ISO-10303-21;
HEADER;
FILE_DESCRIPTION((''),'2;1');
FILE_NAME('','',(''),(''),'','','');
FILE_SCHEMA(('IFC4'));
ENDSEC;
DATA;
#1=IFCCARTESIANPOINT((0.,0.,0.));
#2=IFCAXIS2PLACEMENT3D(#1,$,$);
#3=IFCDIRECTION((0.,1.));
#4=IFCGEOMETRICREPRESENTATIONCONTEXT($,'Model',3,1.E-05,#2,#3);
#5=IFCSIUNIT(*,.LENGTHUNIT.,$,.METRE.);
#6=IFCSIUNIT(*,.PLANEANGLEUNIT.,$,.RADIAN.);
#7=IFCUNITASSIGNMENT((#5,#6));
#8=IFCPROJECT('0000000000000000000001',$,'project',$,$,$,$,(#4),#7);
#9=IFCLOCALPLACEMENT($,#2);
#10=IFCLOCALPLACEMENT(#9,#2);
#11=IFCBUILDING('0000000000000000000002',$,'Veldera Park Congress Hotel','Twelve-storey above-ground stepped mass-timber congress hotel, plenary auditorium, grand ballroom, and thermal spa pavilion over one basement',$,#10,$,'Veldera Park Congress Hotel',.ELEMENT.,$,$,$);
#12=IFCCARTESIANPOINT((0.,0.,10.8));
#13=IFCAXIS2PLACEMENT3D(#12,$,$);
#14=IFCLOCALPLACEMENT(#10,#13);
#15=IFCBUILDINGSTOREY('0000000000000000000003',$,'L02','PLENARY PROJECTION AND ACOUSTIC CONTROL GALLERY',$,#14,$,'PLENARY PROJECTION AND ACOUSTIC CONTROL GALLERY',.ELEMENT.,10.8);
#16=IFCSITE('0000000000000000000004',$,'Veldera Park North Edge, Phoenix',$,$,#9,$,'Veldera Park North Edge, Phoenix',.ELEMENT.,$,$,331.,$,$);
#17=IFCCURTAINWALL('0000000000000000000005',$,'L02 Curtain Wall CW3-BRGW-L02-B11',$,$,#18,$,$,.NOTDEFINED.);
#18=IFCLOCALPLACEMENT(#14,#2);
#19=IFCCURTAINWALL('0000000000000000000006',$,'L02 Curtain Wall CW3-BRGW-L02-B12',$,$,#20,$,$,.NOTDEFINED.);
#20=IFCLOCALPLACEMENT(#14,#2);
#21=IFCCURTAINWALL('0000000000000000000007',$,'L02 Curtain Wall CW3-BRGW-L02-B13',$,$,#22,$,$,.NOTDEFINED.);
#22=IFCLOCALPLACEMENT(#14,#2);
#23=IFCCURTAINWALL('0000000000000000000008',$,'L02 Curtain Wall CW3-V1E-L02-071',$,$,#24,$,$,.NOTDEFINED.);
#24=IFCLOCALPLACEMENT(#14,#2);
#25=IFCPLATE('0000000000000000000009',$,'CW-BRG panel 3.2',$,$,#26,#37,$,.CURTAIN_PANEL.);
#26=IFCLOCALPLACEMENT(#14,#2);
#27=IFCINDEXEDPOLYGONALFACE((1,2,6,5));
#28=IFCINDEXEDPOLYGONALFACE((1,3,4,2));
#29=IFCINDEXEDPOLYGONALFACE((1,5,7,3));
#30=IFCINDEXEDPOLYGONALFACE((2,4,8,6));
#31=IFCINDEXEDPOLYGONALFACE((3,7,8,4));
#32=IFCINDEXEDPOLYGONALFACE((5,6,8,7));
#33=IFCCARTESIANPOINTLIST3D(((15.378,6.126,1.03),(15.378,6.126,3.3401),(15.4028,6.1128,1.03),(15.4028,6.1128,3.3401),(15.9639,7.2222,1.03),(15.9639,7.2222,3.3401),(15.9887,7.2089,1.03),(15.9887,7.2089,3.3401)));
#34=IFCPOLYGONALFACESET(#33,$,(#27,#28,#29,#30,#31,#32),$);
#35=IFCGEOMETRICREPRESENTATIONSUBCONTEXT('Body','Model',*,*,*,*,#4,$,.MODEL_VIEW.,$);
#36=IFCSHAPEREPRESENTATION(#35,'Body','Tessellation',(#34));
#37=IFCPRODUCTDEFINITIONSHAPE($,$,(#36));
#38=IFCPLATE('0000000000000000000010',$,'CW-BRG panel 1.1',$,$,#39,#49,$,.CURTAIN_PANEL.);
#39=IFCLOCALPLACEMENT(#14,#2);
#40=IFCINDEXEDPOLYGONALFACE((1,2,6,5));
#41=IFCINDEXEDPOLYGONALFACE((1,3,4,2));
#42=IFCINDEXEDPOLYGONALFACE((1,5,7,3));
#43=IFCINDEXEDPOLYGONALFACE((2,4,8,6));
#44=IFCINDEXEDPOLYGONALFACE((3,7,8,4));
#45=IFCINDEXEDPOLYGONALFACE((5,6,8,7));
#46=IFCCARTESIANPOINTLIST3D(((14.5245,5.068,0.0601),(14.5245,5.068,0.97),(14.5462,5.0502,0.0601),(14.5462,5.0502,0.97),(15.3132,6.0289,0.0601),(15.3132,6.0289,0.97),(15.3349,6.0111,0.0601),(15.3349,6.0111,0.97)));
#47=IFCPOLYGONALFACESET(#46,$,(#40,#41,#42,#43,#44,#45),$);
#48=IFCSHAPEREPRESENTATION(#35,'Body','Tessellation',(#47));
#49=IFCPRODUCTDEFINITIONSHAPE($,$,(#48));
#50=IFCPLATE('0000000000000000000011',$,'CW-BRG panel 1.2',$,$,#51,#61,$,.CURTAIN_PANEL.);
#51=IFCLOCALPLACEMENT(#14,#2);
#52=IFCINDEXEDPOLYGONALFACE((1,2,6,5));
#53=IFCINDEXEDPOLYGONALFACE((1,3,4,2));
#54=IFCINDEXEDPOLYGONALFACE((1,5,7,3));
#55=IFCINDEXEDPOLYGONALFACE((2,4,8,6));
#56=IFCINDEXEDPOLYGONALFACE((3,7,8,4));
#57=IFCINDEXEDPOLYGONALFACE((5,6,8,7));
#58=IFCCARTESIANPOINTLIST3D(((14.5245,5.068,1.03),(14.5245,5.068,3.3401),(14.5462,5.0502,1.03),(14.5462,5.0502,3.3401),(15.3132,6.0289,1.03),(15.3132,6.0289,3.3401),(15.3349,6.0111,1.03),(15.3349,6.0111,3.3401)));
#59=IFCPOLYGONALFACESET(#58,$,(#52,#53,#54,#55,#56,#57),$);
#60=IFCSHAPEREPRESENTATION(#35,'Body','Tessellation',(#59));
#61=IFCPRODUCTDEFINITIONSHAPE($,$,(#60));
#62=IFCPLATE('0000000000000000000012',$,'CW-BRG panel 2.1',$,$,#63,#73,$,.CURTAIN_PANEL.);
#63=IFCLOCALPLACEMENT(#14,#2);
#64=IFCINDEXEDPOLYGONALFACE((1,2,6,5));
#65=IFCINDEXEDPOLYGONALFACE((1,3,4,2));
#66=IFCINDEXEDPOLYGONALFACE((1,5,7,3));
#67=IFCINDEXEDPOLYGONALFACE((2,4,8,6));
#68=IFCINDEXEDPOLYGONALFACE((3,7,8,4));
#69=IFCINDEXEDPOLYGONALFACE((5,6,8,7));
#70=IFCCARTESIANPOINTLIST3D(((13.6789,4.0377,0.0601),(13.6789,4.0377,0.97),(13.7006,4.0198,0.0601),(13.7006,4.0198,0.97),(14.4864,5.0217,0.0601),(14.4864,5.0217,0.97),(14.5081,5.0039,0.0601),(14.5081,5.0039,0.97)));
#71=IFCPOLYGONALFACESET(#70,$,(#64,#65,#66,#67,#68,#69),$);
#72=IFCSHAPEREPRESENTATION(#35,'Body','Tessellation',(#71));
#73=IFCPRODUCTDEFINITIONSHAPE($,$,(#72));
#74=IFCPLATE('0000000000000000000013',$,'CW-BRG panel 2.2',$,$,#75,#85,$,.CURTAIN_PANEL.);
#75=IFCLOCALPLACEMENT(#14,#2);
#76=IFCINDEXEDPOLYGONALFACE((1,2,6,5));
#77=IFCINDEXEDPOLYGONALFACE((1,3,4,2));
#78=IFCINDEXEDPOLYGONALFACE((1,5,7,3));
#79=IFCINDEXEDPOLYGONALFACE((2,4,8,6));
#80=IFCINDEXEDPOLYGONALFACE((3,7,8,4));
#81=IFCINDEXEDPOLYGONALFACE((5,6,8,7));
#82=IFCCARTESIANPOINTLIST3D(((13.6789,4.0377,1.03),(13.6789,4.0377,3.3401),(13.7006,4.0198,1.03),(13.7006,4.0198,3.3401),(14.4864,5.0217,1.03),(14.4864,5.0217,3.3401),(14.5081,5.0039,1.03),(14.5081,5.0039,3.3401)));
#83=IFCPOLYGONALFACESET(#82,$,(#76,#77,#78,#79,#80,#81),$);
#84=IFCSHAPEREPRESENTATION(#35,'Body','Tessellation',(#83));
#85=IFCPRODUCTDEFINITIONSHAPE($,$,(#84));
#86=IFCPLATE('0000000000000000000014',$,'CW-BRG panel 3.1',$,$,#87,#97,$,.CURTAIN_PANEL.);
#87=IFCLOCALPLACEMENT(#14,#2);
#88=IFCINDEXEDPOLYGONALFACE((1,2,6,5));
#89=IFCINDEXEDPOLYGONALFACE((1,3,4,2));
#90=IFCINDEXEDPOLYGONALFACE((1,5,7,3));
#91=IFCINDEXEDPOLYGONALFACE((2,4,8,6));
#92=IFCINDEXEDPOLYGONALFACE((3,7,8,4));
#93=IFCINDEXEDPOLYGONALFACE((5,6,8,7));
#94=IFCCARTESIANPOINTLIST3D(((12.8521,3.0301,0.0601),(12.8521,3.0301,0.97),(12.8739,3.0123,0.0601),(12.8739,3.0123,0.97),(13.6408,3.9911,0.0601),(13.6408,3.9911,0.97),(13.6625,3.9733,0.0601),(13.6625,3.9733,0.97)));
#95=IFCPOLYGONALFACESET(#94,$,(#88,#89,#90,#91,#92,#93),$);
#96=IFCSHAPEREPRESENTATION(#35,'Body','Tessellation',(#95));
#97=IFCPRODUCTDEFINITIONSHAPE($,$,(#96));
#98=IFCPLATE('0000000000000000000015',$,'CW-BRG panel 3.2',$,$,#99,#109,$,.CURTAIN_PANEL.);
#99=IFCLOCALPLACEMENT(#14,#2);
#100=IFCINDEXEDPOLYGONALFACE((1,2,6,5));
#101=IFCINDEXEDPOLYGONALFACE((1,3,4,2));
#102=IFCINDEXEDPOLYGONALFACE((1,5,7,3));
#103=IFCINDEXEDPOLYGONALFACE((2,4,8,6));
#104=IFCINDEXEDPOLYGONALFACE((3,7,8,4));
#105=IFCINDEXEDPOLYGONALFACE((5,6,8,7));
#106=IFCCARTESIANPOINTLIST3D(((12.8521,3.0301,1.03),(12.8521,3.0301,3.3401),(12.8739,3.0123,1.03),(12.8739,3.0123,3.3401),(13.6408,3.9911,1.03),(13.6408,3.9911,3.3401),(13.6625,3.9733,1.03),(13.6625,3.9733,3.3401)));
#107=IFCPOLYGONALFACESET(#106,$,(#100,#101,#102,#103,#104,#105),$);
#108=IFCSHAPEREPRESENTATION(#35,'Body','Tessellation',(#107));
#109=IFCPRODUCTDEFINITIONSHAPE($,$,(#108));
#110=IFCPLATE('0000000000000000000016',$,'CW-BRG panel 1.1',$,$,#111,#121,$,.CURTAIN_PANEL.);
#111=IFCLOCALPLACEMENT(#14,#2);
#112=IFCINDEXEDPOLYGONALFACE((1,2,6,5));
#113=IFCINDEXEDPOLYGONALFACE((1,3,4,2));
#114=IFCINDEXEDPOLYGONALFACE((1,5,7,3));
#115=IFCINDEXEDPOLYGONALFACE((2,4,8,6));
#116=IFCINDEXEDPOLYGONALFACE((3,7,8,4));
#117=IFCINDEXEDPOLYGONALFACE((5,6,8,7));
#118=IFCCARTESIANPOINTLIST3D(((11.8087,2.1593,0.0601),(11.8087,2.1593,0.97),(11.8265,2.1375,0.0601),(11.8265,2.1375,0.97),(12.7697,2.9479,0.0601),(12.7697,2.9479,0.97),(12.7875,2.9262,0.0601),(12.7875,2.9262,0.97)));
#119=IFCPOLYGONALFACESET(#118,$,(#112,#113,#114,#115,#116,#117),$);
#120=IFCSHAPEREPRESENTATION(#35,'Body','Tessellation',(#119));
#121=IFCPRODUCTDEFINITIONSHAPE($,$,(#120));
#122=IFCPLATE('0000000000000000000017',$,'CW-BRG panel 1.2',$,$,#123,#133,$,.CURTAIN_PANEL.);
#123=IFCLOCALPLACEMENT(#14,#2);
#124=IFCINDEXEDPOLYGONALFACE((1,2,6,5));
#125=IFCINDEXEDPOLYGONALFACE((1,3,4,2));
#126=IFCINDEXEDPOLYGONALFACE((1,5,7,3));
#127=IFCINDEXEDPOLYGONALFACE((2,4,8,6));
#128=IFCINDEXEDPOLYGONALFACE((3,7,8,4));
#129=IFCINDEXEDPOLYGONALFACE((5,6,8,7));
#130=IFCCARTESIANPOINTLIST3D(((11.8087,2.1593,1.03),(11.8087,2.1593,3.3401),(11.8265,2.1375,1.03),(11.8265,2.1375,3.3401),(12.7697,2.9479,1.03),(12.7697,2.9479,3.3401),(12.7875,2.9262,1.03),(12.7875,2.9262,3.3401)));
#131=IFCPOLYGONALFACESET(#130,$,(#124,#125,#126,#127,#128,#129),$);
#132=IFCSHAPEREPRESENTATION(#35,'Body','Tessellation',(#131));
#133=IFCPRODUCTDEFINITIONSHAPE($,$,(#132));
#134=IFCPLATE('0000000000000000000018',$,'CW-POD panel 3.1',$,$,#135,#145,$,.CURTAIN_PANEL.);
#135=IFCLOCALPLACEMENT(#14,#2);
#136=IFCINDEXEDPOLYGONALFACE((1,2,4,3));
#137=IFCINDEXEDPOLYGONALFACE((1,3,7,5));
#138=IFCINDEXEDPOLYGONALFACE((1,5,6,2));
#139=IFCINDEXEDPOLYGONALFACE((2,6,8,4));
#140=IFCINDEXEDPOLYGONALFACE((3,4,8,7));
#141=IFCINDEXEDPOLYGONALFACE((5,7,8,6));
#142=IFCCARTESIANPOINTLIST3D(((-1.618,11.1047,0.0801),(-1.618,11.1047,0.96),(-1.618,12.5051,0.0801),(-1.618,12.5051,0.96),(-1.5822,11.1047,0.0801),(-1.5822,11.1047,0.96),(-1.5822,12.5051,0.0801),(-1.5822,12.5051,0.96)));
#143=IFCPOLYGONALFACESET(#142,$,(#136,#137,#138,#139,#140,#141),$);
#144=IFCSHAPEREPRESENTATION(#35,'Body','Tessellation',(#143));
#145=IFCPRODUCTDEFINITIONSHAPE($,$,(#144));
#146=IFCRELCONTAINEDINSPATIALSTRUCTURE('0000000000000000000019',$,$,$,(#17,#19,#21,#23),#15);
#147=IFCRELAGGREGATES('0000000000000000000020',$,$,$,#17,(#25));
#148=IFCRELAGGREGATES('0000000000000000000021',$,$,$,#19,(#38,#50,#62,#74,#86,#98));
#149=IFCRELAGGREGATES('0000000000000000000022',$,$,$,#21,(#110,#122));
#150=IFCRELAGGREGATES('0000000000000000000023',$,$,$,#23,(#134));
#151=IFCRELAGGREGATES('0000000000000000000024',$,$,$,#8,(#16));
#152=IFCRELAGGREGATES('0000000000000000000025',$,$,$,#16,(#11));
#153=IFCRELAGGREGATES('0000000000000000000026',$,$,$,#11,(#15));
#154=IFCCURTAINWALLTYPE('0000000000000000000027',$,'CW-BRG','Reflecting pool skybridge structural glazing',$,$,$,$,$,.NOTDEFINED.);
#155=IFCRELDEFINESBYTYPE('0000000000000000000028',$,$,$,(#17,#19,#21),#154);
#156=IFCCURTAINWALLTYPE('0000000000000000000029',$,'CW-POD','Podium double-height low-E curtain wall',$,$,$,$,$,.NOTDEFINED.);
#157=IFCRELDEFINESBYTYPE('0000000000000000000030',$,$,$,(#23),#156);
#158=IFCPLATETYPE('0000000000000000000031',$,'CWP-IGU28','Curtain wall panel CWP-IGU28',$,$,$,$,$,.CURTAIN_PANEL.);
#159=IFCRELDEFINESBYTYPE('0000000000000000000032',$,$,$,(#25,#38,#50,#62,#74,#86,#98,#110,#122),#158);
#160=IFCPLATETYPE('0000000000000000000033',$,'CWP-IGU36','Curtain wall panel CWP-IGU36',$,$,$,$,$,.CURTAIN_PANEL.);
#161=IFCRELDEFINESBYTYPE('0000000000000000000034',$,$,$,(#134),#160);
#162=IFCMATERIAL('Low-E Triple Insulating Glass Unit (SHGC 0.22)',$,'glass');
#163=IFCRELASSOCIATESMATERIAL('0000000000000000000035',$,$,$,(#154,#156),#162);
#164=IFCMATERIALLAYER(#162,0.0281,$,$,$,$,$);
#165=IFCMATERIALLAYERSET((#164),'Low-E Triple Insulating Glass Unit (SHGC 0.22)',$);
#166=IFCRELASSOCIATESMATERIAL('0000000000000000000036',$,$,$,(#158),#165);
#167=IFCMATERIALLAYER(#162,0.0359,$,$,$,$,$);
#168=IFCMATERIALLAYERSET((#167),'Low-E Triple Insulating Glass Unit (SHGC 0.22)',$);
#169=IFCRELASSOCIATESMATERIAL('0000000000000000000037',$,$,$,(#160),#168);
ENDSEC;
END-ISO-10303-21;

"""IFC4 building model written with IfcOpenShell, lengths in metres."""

from ifc_helpers import new_model, si_unit, direction, frame, origin, origin_2d, place, context, subcontext, project, spatial, rectangle, extrude, material, layer, layer_set, type_object, element, aggregate, save


model = new_model("IFC4")

# Units and contexts
model_context = context("Model", 3, precision=1e-05, world=origin(), true_north=direction((0.0, 1.0)))
body_context = subcontext(model_context, "Body", "Model", "MODEL_VIEW")
ifc_project = project(units=[si_unit("LENGTHUNIT", "METRE"), si_unit("PLANEANGLEUNIT", "RADIAN")], contexts=[model_context])

# Site, building, storey
site_placement = place(None, origin())
site = spatial("IfcSite", under=ifc_project, at=site_placement, Name="Veldera Park North Edge, Phoenix", LongName="Veldera Park North Edge, Phoenix", CompositionType="ELEMENT", RefElevation=331.0)
building_placement = place(site_placement, origin())
building = spatial("IfcBuilding", under=site, at=building_placement, Name="Veldera Park Congress Hotel", Description="Twelve-storey above-ground stepped mass-timber congress hotel, plenary auditorium, grand ballroom, and thermal spa pavilion over one basement", LongName="Veldera Park Congress Hotel", CompositionType="ELEMENT")
storey_placement = place(building_placement, frame((0.0, 0.0, 10.8)))
storey = spatial("IfcBuildingStorey", under=building, at=storey_placement, Name="L02", Description="PLENARY PROJECTION AND ACOUSTIC CONTROL GALLERY", LongName="PLENARY PROJECTION AND ACOUSTIC CONTROL GALLERY", CompositionType="ELEMENT", Elevation=10.8)

# Curtain walls
ifc_material_1 = material(Name="Low-E Triple Insulating Glass Unit (SHGC 0.22)", Category="glass")
curtain_wall_type_1 = type_object("IfcCurtainWallType", Name="CW-BRG", Description="Reflecting pool skybridge structural glazing", PredefinedType="NOTDEFINED", material=ifc_material_1)
curtain_wall_1_placement = place(storey_placement, origin())
curtain_wall_1 = element("IfcCurtainWall", 1, at=curtain_wall_1_placement, inside=storey, type_object=curtain_wall_type_1, Name="L02 Curtain Wall CW3-BRGW-L02-B11", PredefinedType="NOTDEFINED")
curtain_wall_2_placement = place(storey_placement, origin())
curtain_wall_2 = element("IfcCurtainWall", 2, at=curtain_wall_2_placement, inside=storey, type_object=curtain_wall_type_1, Name="L02 Curtain Wall CW3-BRGW-L02-B12", PredefinedType="NOTDEFINED")

# Curtain wall
curtain_wall_3_placement = place(storey_placement, origin())
curtain_wall_3 = element("IfcCurtainWall", 3, at=curtain_wall_3_placement, inside=storey, type_object=curtain_wall_type_1, Name="L02 Curtain Wall CW3-BRGW-L02-B13", PredefinedType="NOTDEFINED")

# Curtain wall
curtain_wall_type_2 = type_object("IfcCurtainWallType", Name="CW-POD", Description="Podium double-height low-E curtain wall", PredefinedType="NOTDEFINED", material=ifc_material_1)
curtain_wall_4_placement = place(storey_placement, origin())
curtain_wall_4 = element("IfcCurtainWall", 4, at=curtain_wall_4_placement, inside=storey, type_object=curtain_wall_type_2, Name="L02 Curtain Wall CW3-V1E-L02-071", PredefinedType="NOTDEFINED")

# Plates
ifc_layer_1 = layer(ifc_material_1, 0.0281)
ifc_layer_set_1 = layer_set([ifc_layer_1], Name="Low-E Triple Insulating Glass Unit (SHGC 0.22)")
plate_type_1 = type_object("IfcPlateType", Name="CWP-IGU28", Description="Curtain wall panel CWP-IGU28", PredefinedType="CURTAIN_PANEL", material=ifc_layer_set_1)
plate_1_placement = place(storey_placement, frame((15.6833, 6.6675, 1.03), z_axis=(0.0, 0.0, 1.0), x_axis=(-0.471384, -0.881928, 0.0)))
plate_1 = element("IfcPlate", 5, at=plate_1_placement, type_object=plate_type_1, Name="CW-BRG panel 3.2", PredefinedType="CURTAIN_PANEL", context=body_context, shape_type="SweptSolid", body=[
    extrude(rectangle(XDim=1.2429, YDim=0.0281, at=origin_2d()), origin(), (0.0, 0.0, 1.0), 2.3101),
])
aggregate(curtain_wall_1, [plate_1])
plate_2_placement = place(storey_placement, frame((14.9297, 5.5396, 0.0601), z_axis=(0.0, 0.0, 1.0), x_axis=(-0.634386, -0.773016, 0.0)))
plate_2 = element("IfcPlate", 6, at=plate_2_placement, type_object=plate_type_1, Name="CW-BRG panel 1.1", PredefinedType="CURTAIN_PANEL", context=body_context, shape_type="SweptSolid", body=[
    extrude(rectangle(XDim=1.2432, YDim=0.0281, at=origin_2d()), origin(), (0.0, 0.0, 1.0), 0.9099),
])
plate_3_placement = place(storey_placement, frame((14.9297, 5.5396, 1.03), z_axis=(0.0, 0.0, 1.0), x_axis=(-0.634386, -0.773016, 0.0)))
plate_3 = element("IfcPlate", 7, at=plate_3_placement, type_object=plate_type_1, Name="CW-BRG panel 1.2", PredefinedType="CURTAIN_PANEL", context=body_context, shape_type="SweptSolid", body=[
    extrude(rectangle(XDim=1.2432, YDim=0.0281, at=origin_2d()), origin(), (0.0, 0.0, 1.0), 2.3101),
])
plate_4_placement = place(storey_placement, frame((14.0935, 4.5208, 0.0601), z_axis=(0.0, 0.0, 1.0), x_axis=(-0.634386, -0.773016, 0.0)))
plate_4 = element("IfcPlate", 8, at=plate_4_placement, type_object=plate_type_1, Name="CW-BRG panel 2.1", PredefinedType="CURTAIN_PANEL", context=body_context, shape_type="SweptSolid", body=[
    extrude(rectangle(XDim=1.2729, YDim=0.0281, at=origin_2d()), origin(), (0.0, 0.0, 1.0), 0.9099),
])
plate_5_placement = place(storey_placement, frame((14.0935, 4.5208, 1.03), z_axis=(0.0, 0.0, 1.0), x_axis=(-0.634386, -0.773016, 0.0)))
plate_5 = element("IfcPlate", 9, at=plate_5_placement, type_object=plate_type_1, Name="CW-BRG panel 2.2", PredefinedType="CURTAIN_PANEL", context=body_context, shape_type="SweptSolid", body=[
    extrude(rectangle(XDim=1.2729, YDim=0.0281, at=origin_2d()), origin(), (0.0, 0.0, 1.0), 2.3101),
])
plate_6_placement = place(storey_placement, frame((13.2573, 3.5017, 0.0601), z_axis=(0.0, 0.0, 1.0), x_axis=(-0.634386, -0.773016, 0.0)))
plate_6 = element("IfcPlate", 10, at=plate_6_placement, type_object=plate_type_1, Name="CW-BRG panel 3.1", PredefinedType="CURTAIN_PANEL", context=body_context, shape_type="SweptSolid", body=[
    extrude(rectangle(XDim=1.2432, YDim=0.0281, at=origin_2d()), origin(), (0.0, 0.0, 1.0), 0.9099),
])
plate_7_placement = place(storey_placement, frame((13.2573, 3.5017, 1.03), z_axis=(0.0, 0.0, 1.0), x_axis=(-0.634386, -0.773016, 0.0)))
plate_7 = element("IfcPlate", 11, at=plate_7_placement, type_object=plate_type_1, Name="CW-BRG panel 3.2", PredefinedType="CURTAIN_PANEL", context=body_context, shape_type="SweptSolid", body=[
    extrude(rectangle(XDim=1.2432, YDim=0.0281, at=origin_2d()), origin(), (0.0, 0.0, 1.0), 2.3101),
])
aggregate(curtain_wall_2, [plate_2, plate_3, plate_4, plate_5, plate_6, plate_7])
plate_8_placement = place(storey_placement, frame((12.2981, 2.5427, 0.0601), z_axis=(0.0, 0.0, 1.0), x_axis=(-0.773016, -0.634386, 0.0)))
plate_8 = element("IfcPlate", 12, at=plate_8_placement, type_object=plate_type_1, Name="CW-BRG panel 1.1", PredefinedType="CURTAIN_PANEL", context=body_context, shape_type="SweptSolid", body=[
    extrude(rectangle(XDim=1.2432, YDim=0.0281, at=origin_2d()), origin(), (0.0, 0.0, 1.0), 0.9099),
])
plate_9_placement = place(storey_placement, frame((12.2981, 2.5427, 1.03), z_axis=(0.0, 0.0, 1.0), x_axis=(-0.773016, -0.634386, 0.0)))
plate_9 = element("IfcPlate", 13, at=plate_9_placement, type_object=plate_type_1, Name="CW-BRG panel 1.2", PredefinedType="CURTAIN_PANEL", context=body_context, shape_type="SweptSolid", body=[
    extrude(rectangle(XDim=1.2432, YDim=0.0281, at=origin_2d()), origin(), (0.0, 0.0, 1.0), 2.3101),
])
aggregate(curtain_wall_3, [plate_8, plate_9])
ifc_layer_2 = layer(ifc_material_1, 0.0359)
ifc_layer_set_2 = layer_set([ifc_layer_2], Name="Low-E Triple Insulating Glass Unit (SHGC 0.22)")
plate_type_2 = type_object("IfcPlateType", Name="CWP-IGU36", Description="Curtain wall panel CWP-IGU36", PredefinedType="CURTAIN_PANEL", material=ifc_layer_set_2)
plate_10_placement = place(storey_placement, frame((-1.6001, 11.8049, 0.0801), z_axis=(0.0, 0.0, 1.0), x_axis=(0.0, 1.0, 0.0)))
plate_10 = element("IfcPlate", 14, at=plate_10_placement, type_object=plate_type_2, Name="CW-POD panel 3.1", PredefinedType="CURTAIN_PANEL", context=body_context, shape_type="SweptSolid", body=[
    extrude(rectangle(XDim=1.4004, YDim=0.0359, at=origin_2d()), origin(), (0.0, 0.0, 1.0), 0.8799),
])
aggregate(curtain_wall_4, [plate_10])

save(model, "model.ifc")
